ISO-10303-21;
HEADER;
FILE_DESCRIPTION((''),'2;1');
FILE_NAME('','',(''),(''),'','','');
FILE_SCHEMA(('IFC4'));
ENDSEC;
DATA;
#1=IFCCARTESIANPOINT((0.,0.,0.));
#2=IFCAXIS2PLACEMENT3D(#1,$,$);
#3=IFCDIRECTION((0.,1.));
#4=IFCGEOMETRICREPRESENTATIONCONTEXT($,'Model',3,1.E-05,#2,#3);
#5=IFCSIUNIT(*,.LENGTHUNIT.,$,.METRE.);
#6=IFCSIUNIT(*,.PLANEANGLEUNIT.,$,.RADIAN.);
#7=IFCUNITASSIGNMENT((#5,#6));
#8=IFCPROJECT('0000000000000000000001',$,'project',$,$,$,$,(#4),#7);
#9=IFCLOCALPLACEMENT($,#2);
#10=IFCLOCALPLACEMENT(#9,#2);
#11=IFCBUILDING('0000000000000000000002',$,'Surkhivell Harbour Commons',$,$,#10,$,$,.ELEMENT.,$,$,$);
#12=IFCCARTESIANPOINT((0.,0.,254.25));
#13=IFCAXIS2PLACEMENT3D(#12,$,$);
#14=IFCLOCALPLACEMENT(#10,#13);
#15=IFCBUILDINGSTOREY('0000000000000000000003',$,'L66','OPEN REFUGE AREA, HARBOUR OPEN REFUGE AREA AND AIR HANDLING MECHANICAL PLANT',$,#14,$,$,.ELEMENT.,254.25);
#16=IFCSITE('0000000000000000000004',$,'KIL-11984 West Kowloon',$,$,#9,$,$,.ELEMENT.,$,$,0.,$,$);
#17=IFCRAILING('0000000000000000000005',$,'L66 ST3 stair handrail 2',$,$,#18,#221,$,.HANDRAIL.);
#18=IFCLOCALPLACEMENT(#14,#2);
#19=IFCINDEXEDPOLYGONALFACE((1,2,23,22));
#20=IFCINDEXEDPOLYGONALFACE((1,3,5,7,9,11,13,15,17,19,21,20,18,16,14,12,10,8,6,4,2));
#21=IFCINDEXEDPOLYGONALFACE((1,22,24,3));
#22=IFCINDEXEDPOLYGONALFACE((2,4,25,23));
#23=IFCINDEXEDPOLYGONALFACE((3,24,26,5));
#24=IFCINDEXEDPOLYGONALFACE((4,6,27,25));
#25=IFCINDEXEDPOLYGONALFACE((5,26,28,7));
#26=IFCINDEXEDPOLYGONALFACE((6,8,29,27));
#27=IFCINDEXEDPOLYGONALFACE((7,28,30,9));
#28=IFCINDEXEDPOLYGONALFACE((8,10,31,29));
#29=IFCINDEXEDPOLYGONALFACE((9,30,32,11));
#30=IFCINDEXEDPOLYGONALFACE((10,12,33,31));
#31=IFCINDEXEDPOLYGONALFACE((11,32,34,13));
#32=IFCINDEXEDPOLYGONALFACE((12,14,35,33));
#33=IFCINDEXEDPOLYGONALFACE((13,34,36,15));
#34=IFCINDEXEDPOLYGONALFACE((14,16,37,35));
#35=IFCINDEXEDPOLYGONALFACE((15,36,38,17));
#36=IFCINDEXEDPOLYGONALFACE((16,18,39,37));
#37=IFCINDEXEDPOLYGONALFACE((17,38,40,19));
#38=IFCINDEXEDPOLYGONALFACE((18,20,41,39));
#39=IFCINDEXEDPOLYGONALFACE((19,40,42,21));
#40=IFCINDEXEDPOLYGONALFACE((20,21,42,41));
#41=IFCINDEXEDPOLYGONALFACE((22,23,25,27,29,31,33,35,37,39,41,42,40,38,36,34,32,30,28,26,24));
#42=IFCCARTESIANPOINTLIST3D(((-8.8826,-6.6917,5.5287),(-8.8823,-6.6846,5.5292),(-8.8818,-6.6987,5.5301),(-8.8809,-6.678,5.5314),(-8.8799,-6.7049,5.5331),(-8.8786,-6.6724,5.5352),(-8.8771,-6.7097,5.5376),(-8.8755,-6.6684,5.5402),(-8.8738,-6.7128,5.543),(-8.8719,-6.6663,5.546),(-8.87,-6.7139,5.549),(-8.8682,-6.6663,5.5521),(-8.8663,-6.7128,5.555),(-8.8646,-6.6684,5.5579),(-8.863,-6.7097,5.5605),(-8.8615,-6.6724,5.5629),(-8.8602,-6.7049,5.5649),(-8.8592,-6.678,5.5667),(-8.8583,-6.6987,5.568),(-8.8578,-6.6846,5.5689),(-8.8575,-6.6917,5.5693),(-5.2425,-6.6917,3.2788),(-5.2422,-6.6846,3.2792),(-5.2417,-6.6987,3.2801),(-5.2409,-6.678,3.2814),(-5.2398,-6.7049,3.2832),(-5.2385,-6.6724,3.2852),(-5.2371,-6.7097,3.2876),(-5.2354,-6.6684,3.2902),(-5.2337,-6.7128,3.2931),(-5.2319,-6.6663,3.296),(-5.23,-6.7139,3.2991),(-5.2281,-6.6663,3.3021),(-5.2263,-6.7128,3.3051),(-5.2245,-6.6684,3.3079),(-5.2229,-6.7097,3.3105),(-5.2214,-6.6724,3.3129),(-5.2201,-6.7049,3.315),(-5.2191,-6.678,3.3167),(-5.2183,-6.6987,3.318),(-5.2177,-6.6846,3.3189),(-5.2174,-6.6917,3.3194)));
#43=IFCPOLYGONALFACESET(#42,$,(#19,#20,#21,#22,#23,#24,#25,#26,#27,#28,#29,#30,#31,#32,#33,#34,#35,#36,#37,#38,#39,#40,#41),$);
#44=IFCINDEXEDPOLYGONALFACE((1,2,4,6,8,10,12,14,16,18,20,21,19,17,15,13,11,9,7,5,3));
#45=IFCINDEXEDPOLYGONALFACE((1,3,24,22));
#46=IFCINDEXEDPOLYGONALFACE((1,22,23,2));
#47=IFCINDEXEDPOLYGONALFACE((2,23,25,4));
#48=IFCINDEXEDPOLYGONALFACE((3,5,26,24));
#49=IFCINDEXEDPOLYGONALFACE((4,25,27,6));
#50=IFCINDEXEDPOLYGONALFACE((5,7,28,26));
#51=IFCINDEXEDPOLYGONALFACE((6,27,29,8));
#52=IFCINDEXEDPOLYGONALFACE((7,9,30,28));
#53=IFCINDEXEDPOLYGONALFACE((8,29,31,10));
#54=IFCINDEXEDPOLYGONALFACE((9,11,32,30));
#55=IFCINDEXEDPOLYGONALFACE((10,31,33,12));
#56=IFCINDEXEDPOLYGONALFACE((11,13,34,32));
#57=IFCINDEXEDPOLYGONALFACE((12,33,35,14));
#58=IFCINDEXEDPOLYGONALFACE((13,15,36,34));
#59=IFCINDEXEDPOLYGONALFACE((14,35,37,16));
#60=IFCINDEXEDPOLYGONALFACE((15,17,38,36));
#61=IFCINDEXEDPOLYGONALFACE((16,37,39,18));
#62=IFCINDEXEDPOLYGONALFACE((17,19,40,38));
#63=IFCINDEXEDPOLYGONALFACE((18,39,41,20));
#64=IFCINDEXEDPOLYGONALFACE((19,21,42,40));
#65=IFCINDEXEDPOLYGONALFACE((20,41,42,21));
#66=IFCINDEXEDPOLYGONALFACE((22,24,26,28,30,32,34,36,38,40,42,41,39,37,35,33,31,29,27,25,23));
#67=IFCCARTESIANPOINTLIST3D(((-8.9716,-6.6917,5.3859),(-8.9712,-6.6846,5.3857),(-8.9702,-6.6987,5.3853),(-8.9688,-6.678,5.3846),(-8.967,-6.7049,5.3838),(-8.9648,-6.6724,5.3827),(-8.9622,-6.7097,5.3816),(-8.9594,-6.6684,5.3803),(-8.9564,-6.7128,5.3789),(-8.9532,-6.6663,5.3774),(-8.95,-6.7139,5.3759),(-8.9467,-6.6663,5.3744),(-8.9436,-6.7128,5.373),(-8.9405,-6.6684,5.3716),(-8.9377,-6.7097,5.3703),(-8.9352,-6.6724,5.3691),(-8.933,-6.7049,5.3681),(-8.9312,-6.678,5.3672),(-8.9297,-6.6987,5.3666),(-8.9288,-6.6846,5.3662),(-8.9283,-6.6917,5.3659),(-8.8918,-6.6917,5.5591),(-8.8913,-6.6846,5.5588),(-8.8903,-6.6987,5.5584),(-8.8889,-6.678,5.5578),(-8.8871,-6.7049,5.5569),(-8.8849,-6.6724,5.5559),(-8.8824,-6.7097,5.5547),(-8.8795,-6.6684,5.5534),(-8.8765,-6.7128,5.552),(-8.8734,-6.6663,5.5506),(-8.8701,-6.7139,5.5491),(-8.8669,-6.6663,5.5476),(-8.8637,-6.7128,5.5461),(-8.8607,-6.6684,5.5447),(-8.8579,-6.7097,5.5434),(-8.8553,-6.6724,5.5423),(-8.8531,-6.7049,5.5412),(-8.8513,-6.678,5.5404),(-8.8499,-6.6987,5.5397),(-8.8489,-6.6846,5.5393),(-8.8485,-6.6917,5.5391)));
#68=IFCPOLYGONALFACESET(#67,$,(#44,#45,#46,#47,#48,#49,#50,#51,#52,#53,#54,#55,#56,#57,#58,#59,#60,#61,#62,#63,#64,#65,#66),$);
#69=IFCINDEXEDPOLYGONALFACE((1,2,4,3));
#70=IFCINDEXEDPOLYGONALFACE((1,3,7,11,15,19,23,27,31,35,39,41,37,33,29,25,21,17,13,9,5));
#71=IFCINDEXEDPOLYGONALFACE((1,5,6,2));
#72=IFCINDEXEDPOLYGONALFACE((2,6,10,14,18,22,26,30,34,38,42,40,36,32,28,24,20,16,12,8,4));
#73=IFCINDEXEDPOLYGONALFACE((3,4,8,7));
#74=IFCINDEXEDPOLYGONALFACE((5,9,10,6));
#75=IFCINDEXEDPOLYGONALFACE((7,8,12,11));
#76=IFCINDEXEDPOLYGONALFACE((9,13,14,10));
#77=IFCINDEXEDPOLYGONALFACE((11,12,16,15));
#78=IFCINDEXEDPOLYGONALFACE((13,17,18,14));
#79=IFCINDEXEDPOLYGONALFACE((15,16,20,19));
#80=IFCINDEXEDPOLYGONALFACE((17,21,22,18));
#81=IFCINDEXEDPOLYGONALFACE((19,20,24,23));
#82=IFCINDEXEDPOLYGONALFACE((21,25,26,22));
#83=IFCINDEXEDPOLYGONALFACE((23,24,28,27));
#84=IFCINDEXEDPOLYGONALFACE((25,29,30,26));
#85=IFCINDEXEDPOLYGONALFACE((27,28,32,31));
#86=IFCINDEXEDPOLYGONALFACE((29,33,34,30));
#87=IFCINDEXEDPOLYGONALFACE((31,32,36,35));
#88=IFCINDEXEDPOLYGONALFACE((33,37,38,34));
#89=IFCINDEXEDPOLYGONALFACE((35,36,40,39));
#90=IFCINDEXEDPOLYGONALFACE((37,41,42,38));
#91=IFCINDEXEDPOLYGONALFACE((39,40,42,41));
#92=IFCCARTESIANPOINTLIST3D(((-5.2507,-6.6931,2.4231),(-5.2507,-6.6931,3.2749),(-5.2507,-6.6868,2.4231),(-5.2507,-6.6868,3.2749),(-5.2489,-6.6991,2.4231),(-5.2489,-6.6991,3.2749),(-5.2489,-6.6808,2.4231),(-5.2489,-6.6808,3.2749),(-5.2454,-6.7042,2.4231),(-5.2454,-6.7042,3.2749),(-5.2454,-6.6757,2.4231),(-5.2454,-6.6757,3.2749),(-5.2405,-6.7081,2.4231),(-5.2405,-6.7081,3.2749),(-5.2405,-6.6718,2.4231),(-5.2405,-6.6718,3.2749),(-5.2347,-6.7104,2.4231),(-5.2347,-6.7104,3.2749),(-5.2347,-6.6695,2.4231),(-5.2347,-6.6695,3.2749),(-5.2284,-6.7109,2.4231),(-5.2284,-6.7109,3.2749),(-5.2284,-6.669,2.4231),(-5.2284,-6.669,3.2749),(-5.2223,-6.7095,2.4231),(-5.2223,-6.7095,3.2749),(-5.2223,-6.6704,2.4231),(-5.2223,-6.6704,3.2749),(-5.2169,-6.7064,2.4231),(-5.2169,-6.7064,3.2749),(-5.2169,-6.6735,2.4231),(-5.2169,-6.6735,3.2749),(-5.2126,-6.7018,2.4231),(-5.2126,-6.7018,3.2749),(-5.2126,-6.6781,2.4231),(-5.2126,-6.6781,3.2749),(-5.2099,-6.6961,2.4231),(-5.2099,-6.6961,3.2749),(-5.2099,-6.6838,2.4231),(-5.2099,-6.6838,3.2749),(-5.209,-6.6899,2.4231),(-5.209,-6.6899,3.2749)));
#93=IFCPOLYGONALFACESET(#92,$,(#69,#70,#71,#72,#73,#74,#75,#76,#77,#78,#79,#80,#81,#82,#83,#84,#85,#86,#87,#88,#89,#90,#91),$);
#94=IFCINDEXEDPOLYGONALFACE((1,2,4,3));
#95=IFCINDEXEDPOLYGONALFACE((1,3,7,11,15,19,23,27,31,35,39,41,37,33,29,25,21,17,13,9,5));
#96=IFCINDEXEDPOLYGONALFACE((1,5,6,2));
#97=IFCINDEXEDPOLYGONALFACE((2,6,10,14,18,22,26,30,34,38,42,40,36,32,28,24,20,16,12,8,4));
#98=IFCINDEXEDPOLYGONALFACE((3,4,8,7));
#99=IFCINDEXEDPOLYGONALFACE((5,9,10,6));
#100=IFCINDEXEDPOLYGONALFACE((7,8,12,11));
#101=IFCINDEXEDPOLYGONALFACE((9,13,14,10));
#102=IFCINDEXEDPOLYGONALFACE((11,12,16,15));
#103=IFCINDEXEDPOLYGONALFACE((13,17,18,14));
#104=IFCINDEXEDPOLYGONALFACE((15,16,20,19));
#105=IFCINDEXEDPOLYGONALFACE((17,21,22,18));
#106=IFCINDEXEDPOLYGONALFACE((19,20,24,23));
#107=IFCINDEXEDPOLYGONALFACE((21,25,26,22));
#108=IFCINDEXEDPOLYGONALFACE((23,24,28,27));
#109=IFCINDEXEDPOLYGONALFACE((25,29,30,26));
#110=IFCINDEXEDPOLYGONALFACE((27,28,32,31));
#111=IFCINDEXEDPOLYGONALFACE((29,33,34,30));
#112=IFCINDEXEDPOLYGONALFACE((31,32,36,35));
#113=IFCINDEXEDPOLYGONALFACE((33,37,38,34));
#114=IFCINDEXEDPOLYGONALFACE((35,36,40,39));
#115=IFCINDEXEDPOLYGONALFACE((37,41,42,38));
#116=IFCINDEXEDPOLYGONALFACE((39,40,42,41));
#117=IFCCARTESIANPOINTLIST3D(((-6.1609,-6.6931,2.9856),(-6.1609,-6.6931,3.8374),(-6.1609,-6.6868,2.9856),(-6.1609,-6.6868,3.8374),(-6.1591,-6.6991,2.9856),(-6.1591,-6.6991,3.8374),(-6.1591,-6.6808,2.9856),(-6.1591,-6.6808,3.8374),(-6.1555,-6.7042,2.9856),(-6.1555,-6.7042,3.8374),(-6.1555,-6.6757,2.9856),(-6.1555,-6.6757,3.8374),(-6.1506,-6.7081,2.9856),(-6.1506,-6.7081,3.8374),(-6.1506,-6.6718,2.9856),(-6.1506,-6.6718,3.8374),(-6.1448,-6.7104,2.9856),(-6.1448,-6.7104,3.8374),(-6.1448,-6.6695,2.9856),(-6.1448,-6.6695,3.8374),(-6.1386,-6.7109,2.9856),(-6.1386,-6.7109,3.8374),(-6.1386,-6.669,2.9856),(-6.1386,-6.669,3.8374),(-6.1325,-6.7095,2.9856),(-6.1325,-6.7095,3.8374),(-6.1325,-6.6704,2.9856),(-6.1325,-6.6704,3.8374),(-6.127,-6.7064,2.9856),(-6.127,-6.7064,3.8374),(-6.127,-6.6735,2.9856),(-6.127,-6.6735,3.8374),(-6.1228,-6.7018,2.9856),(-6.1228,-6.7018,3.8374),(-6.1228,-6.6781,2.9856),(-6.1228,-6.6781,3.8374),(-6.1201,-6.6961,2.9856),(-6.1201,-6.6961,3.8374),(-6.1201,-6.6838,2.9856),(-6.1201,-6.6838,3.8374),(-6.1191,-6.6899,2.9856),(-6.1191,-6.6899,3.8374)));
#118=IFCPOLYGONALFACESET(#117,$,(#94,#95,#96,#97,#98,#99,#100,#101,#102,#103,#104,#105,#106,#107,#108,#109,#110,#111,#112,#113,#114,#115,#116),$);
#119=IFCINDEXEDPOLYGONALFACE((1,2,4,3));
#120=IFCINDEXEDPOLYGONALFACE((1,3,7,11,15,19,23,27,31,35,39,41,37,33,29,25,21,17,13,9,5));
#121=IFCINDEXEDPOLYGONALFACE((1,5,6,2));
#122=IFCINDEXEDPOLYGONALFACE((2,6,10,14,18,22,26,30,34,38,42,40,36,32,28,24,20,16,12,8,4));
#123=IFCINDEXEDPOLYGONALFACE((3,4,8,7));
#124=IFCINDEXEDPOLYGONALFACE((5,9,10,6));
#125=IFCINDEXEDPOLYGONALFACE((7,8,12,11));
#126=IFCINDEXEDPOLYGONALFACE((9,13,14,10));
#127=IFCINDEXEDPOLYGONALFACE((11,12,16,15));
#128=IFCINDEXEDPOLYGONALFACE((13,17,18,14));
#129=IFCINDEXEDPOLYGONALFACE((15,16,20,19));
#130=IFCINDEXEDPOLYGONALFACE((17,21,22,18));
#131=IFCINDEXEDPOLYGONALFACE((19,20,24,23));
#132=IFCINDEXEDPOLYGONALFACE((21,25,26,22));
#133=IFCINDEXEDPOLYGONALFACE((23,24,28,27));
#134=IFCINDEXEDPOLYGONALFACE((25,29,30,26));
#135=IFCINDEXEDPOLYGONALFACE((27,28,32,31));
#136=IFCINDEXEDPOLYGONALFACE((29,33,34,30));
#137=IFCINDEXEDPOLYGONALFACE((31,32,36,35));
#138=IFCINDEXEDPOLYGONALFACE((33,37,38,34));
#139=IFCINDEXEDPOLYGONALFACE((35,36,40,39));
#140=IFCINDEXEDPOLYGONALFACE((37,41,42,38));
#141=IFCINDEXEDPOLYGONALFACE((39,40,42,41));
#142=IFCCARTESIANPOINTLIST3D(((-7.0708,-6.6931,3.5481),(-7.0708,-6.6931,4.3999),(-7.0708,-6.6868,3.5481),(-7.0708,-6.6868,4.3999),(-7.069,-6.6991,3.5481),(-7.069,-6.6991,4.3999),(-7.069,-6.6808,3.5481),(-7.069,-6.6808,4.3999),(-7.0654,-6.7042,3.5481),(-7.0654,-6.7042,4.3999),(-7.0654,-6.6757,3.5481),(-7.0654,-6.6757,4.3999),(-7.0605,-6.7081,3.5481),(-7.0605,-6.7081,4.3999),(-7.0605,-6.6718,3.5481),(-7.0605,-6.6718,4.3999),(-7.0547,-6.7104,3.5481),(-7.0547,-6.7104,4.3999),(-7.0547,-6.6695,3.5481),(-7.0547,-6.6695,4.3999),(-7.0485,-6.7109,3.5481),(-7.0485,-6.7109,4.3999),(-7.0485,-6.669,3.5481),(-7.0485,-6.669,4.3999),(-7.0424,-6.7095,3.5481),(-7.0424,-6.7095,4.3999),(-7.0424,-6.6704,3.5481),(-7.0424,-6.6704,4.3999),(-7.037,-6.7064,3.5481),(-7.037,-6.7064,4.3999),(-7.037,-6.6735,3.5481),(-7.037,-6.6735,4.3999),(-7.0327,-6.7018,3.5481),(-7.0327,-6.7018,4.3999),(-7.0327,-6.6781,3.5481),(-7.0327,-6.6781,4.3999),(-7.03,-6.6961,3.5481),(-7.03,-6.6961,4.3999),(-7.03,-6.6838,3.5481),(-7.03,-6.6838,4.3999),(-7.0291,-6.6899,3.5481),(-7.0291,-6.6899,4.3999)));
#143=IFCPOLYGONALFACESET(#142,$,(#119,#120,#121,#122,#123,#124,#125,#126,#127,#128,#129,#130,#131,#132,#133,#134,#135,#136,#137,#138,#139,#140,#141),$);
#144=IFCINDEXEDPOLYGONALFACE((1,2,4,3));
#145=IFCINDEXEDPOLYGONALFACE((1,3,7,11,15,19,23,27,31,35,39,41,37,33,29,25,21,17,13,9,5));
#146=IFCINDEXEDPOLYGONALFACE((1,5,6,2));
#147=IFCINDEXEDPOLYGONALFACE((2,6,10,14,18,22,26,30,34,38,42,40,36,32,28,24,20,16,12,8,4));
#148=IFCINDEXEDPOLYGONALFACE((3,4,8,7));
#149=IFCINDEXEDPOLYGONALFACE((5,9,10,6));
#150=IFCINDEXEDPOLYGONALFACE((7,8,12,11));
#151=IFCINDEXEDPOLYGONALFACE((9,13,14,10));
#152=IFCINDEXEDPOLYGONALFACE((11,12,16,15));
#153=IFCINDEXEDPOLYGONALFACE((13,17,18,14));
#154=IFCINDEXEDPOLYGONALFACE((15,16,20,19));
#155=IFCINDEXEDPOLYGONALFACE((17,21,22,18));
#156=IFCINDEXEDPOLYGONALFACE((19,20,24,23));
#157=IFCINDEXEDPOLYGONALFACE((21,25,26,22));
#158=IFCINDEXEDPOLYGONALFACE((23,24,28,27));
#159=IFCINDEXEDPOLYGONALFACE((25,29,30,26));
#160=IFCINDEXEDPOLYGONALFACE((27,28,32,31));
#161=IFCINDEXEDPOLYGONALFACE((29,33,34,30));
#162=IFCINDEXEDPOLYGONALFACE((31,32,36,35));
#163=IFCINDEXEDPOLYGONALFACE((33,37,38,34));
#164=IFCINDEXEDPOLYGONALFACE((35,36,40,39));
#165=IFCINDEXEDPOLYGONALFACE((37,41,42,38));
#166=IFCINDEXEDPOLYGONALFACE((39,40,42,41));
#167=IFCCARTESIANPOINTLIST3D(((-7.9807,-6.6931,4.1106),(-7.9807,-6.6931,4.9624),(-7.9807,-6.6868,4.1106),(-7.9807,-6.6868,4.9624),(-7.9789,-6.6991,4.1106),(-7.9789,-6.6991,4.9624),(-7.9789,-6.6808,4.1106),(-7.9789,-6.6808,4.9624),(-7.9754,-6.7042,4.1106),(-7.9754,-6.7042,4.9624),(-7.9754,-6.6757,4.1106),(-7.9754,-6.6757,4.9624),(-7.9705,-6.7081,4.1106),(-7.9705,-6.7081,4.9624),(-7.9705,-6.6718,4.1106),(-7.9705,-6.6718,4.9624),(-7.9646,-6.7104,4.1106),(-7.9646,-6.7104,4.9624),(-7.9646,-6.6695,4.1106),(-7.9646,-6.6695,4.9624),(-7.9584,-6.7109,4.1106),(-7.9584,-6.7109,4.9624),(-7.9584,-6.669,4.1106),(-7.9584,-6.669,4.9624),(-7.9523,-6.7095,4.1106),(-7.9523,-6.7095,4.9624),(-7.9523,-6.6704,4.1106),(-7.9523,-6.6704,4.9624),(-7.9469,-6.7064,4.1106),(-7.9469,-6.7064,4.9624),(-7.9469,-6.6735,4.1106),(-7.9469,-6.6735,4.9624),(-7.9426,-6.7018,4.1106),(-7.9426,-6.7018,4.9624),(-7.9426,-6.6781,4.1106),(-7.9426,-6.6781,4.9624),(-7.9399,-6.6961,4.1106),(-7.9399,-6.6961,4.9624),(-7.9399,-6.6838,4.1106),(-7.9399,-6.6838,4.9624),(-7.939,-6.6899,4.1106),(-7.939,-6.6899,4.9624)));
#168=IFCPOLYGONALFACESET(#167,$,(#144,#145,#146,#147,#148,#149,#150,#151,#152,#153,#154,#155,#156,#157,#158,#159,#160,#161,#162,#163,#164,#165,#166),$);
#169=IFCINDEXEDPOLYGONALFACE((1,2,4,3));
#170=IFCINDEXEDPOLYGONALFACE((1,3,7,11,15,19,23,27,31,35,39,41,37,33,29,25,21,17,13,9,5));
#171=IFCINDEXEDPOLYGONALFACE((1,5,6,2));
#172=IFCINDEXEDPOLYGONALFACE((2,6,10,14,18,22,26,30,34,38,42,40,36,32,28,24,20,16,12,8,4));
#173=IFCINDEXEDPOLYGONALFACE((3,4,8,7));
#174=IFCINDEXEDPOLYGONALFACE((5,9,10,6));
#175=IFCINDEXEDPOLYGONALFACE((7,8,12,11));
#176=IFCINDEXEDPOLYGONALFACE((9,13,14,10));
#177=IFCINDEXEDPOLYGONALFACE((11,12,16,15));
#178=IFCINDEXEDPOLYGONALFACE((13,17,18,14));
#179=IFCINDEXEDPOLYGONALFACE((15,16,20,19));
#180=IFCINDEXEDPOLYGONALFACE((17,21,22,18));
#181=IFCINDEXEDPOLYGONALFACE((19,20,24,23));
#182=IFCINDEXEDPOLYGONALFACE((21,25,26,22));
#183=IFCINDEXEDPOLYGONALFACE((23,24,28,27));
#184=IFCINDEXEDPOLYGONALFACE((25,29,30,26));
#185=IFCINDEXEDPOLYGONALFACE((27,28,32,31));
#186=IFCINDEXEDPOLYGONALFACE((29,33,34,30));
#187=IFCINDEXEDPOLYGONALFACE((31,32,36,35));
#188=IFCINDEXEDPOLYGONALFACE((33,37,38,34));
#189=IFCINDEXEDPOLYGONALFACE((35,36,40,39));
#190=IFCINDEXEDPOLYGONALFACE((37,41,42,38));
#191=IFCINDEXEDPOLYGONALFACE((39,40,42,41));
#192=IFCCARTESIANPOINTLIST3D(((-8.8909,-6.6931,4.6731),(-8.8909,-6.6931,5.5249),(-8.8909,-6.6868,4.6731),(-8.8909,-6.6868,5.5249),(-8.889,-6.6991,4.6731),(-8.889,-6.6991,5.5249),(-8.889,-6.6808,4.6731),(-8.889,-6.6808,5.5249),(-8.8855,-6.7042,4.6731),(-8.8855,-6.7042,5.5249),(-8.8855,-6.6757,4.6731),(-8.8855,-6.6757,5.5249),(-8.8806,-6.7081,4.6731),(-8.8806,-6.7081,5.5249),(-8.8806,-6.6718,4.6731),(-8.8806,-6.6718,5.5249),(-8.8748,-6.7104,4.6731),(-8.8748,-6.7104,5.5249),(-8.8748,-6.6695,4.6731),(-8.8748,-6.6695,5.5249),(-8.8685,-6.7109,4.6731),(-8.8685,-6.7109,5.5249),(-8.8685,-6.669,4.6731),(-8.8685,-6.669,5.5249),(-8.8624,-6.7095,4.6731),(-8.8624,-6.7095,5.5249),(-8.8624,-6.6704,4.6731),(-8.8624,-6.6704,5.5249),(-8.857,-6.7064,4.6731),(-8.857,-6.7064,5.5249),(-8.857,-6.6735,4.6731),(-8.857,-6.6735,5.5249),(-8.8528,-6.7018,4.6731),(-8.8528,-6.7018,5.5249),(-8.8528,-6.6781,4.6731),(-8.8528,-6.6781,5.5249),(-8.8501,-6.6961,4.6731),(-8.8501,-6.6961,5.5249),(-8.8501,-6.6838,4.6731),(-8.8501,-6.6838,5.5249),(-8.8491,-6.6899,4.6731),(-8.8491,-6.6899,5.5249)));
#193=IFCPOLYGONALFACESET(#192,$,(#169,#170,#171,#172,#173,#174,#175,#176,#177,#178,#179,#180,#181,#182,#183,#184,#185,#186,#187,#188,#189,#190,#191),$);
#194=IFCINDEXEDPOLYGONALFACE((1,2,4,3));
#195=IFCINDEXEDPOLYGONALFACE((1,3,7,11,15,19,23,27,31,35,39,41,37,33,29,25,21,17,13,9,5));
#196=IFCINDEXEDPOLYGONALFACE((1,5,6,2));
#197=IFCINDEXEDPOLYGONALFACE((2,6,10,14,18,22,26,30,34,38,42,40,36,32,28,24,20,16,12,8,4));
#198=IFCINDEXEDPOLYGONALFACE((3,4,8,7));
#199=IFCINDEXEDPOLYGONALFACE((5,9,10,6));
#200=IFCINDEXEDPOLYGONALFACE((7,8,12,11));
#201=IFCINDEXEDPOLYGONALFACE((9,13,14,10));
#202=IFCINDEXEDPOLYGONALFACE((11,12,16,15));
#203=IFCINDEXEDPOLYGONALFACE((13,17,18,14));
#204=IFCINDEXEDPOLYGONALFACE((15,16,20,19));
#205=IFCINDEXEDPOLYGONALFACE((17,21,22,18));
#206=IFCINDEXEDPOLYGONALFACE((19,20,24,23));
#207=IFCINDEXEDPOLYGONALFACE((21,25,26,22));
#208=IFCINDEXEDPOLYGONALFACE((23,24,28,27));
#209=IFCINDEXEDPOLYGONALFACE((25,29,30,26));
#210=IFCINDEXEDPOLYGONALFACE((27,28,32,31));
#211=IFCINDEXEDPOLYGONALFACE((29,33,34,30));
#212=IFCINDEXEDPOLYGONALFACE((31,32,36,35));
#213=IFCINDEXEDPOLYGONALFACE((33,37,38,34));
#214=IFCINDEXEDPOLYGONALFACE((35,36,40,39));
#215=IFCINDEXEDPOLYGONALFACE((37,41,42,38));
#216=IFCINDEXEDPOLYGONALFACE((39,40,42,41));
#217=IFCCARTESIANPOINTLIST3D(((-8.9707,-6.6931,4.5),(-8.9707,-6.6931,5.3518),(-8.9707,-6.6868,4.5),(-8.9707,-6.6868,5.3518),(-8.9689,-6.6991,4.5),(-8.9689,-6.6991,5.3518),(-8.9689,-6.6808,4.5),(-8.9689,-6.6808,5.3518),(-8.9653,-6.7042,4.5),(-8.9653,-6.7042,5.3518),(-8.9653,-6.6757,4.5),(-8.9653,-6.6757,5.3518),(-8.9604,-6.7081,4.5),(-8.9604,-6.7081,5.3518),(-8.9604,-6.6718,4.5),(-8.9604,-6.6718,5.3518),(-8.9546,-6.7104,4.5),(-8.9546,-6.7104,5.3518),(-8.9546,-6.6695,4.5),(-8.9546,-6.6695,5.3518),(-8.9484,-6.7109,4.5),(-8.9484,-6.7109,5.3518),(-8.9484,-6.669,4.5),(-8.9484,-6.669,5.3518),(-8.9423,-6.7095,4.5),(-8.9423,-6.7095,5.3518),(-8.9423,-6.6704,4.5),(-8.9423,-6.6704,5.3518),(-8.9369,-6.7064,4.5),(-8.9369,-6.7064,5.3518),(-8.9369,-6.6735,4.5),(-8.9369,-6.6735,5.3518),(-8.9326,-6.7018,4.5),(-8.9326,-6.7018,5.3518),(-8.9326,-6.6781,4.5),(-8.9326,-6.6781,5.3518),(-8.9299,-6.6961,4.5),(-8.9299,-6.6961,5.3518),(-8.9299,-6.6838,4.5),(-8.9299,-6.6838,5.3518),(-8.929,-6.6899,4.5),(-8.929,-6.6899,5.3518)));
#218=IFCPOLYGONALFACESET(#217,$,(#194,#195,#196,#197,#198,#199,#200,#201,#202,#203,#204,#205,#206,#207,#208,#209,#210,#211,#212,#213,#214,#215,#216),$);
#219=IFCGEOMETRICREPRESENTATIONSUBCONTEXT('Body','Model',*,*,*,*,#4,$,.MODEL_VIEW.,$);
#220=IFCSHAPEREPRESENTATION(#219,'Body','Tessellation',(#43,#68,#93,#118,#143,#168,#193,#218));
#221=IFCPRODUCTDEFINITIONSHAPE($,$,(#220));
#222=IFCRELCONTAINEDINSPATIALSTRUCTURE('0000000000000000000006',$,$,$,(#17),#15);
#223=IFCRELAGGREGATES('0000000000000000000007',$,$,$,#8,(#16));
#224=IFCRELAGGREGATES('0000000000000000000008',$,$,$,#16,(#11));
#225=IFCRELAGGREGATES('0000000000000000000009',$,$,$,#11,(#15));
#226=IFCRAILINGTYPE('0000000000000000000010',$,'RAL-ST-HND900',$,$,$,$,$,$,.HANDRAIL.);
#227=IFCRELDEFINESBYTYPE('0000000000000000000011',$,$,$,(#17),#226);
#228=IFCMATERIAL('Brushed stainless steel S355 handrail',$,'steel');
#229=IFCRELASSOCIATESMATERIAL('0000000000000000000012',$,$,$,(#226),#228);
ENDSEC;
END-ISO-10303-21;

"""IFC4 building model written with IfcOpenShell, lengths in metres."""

from ifc_helpers import new_model, si_unit, direction, frame, origin, origin_2d, place, context, subcontext, project, spatial, circle, extrude, material, type_object, element, save


model = new_model("IFC4")

# Units and contexts
model_context = context("Model", 3, precision=1e-05, world=origin(), true_north=direction((0.0, 1.0)))
body_context = subcontext(model_context, "Body", "Model", "MODEL_VIEW")
ifc_project = project(units=[si_unit("LENGTHUNIT", "METRE"), si_unit("PLANEANGLEUNIT", "RADIAN")], contexts=[model_context])

# Site, building, storey
site_placement = place(None, origin())
site = spatial("IfcSite", under=ifc_project, at=site_placement, Name="KIL-11984 West Kowloon", CompositionType="ELEMENT", RefElevation=0.0)
building_placement = place(site_placement, origin())
building = spatial("IfcBuilding", under=site, at=building_placement, Name="Surkhivell Harbour Commons", CompositionType="ELEMENT")
storey_placement = place(building_placement, frame((0.0, 0.0, 254.25)))
storey = spatial("IfcBuildingStorey", under=building, at=storey_placement, Name="L66", Description="OPEN REFUGE AREA, HARBOUR OPEN REFUGE AREA AND AIR HANDLING MECHANICAL PLANT", CompositionType="ELEMENT", Elevation=254.25)

# Railing
ifc_material_1 = material(Name="Brushed stainless steel S355 handrail", Category="steel")
railing_type_1 = type_object("IfcRailingType", Name="RAL-ST-HND900", PredefinedType="HANDRAIL", material=ifc_material_1)
railing_1_placement = place(storey_placement, frame((-5.23, -6.6899, 2.4231)))
element("IfcRailing", 1, at=railing_1_placement, inside=storey, type_object=railing_type_1, Name="L66 ST3 stair handrail 2", PredefinedType="HANDRAIL", context=body_context, shape_type="SweptSolid", body=[
    extrude(circle(Radius=0.0239, at=origin_2d()), frame((0.0, 0.0, 0.876), z_axis=(-0.850622, 0.0, 0.525777), x_axis=(0.0, -1.0, 0.0)), (0.0, 0.0, 1.0), 4.2793),
    extrude(circle(Radius=0.0239, at=origin_2d()), frame((-3.6401, 0.0, 3.126), z_axis=(-0.418815, 0.0, -0.908072), x_axis=(0.0, -1.0, 0.0)), (0.0, 0.0, 1.0), 0.1907),
    extrude(circle(Radius=0.021, at=origin_2d()), origin(), (0.0, 0.0, 1.0), 0.8518),
    extrude(circle(Radius=0.021, at=origin_2d()), frame((-0.9102, 0.0, 0.5625)), (0.0, 0.0, 1.0), 0.8518),
    extrude(circle(Radius=0.021, at=origin_2d()), frame((-1.8201, 0.0, 1.125)), (0.0, 0.0, 1.0), 0.8518),
    extrude(circle(Radius=0.021, at=origin_2d()), frame((-2.73, 0.0, 1.6875)), (0.0, 0.0, 1.0), 0.8518),
    extrude(circle(Radius=0.021, at=origin_2d()), frame((-3.6401, 0.0, 2.25)), (0.0, 0.0, 1.0), 0.8518),
    extrude(circle(Radius=0.021, at=origin_2d()), frame((-3.72, 0.0, 2.0769)), (0.0, 0.0, 1.0), 0.8518),
])

save(model, "model.ifc")
